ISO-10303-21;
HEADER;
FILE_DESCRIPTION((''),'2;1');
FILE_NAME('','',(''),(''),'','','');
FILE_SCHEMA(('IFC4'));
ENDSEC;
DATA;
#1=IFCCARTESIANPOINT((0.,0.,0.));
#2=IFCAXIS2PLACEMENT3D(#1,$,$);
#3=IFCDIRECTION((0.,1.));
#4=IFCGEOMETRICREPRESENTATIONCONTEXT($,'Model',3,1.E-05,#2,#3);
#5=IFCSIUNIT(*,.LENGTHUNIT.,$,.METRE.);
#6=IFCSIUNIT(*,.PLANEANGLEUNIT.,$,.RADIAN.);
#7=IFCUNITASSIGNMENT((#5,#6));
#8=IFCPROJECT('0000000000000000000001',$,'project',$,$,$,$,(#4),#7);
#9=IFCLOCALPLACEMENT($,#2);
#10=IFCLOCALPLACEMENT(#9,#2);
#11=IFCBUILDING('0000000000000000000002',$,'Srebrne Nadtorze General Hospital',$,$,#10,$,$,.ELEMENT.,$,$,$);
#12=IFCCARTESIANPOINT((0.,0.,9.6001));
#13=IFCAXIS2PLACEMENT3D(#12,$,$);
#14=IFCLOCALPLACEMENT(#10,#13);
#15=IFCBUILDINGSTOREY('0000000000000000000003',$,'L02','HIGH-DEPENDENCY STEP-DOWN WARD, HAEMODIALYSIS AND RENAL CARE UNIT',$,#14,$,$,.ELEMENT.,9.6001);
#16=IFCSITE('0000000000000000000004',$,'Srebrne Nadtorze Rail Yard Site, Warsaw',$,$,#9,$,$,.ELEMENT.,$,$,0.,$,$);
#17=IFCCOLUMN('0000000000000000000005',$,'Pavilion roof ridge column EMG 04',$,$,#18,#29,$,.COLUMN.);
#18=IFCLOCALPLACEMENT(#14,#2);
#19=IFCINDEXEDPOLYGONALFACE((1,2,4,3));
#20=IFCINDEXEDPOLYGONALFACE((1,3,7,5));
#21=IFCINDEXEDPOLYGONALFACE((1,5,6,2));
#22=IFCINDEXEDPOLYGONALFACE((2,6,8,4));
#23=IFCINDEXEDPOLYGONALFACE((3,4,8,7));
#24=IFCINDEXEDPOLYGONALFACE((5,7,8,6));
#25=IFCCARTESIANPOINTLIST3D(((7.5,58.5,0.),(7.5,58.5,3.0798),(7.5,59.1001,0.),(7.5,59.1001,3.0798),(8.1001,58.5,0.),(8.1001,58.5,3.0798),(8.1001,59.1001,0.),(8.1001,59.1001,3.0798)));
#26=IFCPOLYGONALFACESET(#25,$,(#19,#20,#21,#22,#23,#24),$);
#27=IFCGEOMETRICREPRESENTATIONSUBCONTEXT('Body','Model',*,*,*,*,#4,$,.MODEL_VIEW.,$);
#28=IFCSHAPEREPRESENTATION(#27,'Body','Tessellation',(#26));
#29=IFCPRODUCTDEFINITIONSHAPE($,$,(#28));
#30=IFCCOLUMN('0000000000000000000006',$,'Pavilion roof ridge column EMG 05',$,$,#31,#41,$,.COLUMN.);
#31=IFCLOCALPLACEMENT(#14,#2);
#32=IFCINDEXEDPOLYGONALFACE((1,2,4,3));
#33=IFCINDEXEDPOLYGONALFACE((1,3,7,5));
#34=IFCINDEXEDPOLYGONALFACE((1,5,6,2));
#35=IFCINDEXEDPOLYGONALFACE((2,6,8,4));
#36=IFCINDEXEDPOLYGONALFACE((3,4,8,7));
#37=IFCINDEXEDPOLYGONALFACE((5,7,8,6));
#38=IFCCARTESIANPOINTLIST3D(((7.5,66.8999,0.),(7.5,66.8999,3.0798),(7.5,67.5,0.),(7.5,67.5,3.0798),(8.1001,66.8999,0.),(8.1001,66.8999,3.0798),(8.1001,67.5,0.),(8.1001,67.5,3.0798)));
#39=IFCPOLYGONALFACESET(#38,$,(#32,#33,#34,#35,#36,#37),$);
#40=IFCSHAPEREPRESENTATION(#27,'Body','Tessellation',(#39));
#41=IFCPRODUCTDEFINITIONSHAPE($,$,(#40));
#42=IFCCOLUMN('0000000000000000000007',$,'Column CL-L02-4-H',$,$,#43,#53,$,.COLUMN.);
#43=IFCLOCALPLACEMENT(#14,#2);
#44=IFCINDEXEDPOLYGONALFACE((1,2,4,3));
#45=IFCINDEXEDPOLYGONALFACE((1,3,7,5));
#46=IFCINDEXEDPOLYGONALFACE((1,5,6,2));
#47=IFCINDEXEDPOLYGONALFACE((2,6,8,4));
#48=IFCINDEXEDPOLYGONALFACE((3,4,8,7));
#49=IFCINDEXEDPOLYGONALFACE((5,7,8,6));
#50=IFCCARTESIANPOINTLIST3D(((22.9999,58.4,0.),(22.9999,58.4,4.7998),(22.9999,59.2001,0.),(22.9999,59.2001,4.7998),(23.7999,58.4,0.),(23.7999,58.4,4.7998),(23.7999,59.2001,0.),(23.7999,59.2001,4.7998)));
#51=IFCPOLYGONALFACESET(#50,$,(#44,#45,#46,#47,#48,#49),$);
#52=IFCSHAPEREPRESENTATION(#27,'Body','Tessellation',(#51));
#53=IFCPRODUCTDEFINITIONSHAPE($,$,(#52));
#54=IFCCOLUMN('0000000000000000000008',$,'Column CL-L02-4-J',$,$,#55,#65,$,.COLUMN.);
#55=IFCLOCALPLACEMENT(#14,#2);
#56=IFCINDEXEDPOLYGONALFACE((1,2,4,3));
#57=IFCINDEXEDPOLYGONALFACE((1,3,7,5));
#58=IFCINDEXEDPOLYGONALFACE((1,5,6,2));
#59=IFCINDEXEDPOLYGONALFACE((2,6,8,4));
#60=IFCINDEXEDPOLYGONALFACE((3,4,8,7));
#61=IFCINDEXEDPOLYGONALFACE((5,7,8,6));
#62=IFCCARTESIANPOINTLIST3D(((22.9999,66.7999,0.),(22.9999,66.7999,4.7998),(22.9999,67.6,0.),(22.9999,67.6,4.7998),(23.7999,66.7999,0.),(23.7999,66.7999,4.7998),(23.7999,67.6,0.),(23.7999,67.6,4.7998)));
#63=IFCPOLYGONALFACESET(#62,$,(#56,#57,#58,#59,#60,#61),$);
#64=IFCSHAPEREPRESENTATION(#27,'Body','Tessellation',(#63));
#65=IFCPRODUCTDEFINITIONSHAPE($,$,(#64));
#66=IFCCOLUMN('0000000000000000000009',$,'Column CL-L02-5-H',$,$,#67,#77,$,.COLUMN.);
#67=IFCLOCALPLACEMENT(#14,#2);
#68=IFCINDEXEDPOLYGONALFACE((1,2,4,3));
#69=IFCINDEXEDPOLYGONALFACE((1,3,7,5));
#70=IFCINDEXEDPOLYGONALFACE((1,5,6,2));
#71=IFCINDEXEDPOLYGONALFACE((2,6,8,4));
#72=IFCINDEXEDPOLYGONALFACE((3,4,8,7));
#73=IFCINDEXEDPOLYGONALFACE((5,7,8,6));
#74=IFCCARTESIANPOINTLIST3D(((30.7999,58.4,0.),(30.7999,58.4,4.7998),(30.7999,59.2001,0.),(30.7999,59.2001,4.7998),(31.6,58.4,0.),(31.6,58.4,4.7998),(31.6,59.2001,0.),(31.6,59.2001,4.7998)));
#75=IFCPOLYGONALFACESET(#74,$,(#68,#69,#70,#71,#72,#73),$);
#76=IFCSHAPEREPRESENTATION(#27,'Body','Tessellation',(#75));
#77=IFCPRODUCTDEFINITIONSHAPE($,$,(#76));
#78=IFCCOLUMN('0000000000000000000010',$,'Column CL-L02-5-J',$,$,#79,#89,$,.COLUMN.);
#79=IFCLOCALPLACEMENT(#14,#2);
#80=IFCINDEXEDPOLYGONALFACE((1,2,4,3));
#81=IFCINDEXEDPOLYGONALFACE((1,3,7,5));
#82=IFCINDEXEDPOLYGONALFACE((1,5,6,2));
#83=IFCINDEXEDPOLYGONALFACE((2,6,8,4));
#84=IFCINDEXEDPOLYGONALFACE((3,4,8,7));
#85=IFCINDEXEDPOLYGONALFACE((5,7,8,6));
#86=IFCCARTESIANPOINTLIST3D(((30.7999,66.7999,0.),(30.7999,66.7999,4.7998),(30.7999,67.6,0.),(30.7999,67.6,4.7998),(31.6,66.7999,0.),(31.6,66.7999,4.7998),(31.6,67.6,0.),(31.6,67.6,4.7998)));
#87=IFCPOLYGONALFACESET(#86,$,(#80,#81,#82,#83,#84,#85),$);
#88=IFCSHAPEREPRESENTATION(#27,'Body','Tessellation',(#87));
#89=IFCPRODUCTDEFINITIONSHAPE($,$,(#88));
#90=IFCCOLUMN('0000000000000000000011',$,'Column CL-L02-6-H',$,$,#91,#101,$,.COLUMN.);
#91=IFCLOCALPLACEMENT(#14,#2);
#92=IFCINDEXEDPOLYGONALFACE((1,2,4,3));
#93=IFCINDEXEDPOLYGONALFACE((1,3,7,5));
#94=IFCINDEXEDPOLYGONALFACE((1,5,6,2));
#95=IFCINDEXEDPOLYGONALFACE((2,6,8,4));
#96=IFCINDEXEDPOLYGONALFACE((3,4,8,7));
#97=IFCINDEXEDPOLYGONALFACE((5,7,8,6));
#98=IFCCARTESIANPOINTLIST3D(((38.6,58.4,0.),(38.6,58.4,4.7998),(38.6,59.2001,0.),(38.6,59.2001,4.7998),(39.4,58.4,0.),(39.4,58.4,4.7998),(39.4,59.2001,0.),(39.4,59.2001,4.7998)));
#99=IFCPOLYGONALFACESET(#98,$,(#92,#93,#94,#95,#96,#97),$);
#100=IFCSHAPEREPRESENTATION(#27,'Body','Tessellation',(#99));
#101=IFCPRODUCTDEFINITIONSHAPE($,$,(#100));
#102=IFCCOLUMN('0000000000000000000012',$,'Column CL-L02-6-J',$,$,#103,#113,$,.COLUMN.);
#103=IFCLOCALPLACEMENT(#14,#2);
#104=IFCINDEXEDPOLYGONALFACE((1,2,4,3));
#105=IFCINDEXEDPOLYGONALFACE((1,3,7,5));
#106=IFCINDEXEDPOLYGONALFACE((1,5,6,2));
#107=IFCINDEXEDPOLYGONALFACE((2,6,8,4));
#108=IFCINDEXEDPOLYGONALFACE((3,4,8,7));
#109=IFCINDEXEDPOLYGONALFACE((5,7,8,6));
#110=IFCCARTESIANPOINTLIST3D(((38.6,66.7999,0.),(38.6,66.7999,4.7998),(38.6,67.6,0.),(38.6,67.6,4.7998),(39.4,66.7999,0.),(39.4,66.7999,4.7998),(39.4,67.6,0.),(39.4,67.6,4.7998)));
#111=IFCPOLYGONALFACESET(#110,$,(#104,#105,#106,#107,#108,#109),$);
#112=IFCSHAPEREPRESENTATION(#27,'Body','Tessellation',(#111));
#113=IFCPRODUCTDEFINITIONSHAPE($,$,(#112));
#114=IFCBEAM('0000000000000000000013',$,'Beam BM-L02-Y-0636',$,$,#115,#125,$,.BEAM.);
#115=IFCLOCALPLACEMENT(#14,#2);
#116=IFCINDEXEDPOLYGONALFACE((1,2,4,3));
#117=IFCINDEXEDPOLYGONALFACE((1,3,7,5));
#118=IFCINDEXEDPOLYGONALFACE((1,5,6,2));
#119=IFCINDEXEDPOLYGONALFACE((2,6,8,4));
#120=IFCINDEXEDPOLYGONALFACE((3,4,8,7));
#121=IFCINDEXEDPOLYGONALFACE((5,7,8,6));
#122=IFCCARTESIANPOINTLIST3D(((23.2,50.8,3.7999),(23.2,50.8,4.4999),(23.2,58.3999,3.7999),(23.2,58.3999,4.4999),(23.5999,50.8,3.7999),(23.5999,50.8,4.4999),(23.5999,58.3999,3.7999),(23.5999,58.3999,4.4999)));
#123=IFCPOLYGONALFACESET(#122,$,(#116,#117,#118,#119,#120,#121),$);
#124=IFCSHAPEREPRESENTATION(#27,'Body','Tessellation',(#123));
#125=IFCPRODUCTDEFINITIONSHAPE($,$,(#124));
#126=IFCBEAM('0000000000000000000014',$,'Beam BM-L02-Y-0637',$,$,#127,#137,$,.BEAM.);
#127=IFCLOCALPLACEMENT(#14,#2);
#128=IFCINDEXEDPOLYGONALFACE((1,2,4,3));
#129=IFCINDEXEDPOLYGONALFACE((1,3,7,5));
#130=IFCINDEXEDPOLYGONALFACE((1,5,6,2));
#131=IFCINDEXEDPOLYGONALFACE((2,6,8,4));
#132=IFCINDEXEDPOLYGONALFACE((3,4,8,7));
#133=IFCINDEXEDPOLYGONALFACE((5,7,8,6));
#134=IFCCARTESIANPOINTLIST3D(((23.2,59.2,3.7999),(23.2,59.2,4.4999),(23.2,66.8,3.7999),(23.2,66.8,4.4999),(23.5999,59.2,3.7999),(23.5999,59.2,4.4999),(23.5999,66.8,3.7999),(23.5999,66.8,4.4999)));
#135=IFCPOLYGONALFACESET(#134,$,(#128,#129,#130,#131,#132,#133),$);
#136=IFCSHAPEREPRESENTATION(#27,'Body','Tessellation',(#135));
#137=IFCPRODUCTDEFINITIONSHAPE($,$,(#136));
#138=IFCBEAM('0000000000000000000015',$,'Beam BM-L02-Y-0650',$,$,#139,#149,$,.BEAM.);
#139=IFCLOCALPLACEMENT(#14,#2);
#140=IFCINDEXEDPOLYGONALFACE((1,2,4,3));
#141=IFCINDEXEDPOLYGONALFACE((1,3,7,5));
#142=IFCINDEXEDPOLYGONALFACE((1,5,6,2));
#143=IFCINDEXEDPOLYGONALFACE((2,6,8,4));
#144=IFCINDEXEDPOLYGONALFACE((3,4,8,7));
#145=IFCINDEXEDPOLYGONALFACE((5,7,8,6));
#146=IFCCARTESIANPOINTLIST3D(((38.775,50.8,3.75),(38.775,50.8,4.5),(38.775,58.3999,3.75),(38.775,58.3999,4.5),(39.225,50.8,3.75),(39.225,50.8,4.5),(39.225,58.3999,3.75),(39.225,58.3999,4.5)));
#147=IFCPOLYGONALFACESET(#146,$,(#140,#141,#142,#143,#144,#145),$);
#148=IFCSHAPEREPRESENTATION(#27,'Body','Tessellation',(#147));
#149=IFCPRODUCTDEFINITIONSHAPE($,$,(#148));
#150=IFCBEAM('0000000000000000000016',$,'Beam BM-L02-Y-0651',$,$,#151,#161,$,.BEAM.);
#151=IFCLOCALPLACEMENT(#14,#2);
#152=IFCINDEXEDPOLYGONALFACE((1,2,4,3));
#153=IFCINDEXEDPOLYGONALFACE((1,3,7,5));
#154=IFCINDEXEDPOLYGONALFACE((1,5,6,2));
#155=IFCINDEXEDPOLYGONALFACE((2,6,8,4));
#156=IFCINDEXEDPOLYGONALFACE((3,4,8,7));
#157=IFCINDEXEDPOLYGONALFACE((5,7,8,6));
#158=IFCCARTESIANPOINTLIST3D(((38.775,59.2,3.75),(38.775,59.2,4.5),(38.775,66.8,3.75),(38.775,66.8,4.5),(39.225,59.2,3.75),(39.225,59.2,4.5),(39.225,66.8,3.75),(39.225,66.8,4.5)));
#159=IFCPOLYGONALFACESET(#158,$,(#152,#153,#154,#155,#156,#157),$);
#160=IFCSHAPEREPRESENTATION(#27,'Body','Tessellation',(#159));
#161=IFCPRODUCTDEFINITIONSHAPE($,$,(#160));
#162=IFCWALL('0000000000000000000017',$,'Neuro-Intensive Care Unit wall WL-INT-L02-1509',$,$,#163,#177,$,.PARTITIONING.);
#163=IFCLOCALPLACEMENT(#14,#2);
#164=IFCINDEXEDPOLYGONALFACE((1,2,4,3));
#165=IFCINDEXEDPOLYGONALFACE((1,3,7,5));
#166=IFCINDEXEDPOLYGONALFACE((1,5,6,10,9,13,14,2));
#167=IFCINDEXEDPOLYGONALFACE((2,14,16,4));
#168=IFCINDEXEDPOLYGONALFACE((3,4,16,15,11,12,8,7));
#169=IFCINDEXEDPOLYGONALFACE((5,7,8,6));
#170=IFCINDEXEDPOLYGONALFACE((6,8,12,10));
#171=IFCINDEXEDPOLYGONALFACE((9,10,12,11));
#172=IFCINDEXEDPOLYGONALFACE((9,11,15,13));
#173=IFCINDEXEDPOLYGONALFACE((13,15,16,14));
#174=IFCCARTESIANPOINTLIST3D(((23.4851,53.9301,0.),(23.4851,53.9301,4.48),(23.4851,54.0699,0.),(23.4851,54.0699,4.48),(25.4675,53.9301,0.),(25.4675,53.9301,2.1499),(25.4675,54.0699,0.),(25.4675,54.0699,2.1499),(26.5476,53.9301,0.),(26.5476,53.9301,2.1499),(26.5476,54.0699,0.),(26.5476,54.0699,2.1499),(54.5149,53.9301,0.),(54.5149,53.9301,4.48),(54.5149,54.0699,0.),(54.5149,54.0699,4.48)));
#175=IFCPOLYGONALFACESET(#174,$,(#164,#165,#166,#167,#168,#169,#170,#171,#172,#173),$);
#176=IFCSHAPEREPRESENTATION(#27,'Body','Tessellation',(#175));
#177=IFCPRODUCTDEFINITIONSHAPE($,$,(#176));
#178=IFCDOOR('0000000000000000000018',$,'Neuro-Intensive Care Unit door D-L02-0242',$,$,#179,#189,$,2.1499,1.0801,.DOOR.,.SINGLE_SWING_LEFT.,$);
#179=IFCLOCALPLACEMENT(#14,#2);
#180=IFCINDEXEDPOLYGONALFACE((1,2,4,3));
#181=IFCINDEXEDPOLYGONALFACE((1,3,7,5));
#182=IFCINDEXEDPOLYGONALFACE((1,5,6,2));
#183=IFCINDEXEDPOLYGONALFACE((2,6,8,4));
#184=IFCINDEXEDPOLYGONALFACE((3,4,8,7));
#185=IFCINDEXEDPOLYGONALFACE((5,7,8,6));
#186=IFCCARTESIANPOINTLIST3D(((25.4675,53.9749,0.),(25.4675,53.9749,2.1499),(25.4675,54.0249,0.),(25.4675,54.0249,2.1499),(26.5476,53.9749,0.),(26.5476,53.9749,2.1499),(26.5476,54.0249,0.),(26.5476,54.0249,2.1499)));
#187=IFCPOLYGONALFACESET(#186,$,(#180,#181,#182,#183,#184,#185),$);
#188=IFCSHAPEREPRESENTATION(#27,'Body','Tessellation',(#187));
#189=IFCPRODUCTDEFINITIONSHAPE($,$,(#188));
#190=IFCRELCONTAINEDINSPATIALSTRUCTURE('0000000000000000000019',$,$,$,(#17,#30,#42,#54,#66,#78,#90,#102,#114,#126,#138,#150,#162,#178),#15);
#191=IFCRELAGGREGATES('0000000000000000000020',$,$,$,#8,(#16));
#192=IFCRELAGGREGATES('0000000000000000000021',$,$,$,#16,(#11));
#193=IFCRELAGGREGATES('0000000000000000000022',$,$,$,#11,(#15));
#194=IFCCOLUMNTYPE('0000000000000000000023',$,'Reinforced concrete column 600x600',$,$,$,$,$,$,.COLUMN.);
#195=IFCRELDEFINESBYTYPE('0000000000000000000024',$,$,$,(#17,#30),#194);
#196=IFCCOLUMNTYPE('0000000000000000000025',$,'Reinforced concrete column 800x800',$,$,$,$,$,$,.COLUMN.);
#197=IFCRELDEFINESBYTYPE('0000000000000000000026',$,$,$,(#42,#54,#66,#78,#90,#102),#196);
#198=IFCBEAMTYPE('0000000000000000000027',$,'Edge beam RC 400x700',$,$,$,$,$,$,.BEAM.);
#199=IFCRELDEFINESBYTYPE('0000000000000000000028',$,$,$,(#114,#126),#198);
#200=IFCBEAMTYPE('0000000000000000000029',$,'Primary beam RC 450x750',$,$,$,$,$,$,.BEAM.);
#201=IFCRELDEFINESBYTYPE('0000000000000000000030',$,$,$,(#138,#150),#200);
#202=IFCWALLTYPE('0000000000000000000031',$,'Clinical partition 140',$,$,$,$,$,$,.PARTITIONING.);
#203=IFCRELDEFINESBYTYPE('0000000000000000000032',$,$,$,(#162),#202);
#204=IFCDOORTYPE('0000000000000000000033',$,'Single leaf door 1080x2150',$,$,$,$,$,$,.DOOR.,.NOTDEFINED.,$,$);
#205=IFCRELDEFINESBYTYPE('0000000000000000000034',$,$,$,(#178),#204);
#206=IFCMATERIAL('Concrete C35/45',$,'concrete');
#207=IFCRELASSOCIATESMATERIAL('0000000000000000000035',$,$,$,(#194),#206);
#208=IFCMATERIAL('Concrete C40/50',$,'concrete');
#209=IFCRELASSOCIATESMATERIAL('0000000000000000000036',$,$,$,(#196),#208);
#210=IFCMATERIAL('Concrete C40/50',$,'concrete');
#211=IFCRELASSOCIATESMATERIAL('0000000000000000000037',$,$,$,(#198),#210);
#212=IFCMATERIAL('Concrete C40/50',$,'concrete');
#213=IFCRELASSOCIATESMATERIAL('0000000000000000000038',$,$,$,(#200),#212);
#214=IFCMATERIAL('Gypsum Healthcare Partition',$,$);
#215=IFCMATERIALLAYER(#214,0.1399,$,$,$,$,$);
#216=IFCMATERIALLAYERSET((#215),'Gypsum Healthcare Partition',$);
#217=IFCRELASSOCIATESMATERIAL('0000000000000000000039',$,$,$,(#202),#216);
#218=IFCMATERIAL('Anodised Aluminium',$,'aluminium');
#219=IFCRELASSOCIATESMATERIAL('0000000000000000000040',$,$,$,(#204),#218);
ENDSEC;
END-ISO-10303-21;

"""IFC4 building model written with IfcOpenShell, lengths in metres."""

from ifc_helpers import new_model, si_unit, direction, frame, frame_2d, origin, origin_2d, place, context, subcontext, project, spatial, rectangle, extrude, material, layer, layer_set, material_profile, profile_set, type_object, element, fill, save


model = new_model("IFC4")

# Units and contexts
model_context = context("Model", 3, precision=1e-05, world=origin(), true_north=direction((0.0, 1.0)))
body_context = subcontext(model_context, "Body", "Model", "MODEL_VIEW")
ifc_project = project(units=[si_unit("LENGTHUNIT", "METRE"), si_unit("PLANEANGLEUNIT", "RADIAN")], contexts=[model_context])

# Site, building, storey
site_placement = place(None, origin())
site = spatial("IfcSite", under=ifc_project, at=site_placement, Name="Srebrne Nadtorze Rail Yard Site, Warsaw", CompositionType="ELEMENT", RefElevation=0.0)
building_placement = place(site_placement, origin())
building = spatial("IfcBuilding", under=site, at=building_placement, Name="Srebrne Nadtorze General Hospital", CompositionType="ELEMENT")
storey_placement = place(building_placement, frame((0.0, 0.0, 9.6001)))
storey = spatial("IfcBuildingStorey", under=building, at=storey_placement, Name="L02", Description="HIGH-DEPENDENCY STEP-DOWN WARD, HAEMODIALYSIS AND RENAL CARE UNIT", CompositionType="ELEMENT", Elevation=9.6001)

# Columns
ifc_material_1 = material(Name="Concrete C35/45", Category="concrete")
ifc_material_profile_1 = material_profile(ifc_material_1, rectangle(XDim=0.6001, YDim=0.6001, at=origin_2d()), Name="RC-COL-600x600")
ifc_profile_set_1 = profile_set([ifc_material_profile_1], Name="Concrete C35/45")
column_type_1 = type_object("IfcColumnType", Name="Reinforced concrete column 600x600", PredefinedType="COLUMN", material=ifc_profile_set_1)
for number, where, z_axis, x_axis, name in (
    (1, (7.8, 58.8, 0.0), (0.0, 0.0, 1.0), (1.0, 0.0, 0.0), "Pavilion roof ridge column EMG 04"),
    (2, (7.8, 67.2, 0.0), (0.0, 0.0, 1.0), (1.0, 0.0, 0.0), "Pavilion roof ridge column EMG 05"),
):
    element("IfcColumn", number, at=place(storey_placement, frame(where, z_axis=z_axis, x_axis=x_axis)), inside=storey, type_object=column_type_1, Name=name, PredefinedType="COLUMN", context=body_context, shape_type="SweptSolid", body=[
        extrude(rectangle(XDim=0.6001, YDim=0.6001, at=origin_2d()), origin(), (0.0, 0.0, 1.0), 3.0798),
    ])
ifc_material_2 = material(Name="Concrete C40/50", Category="concrete")
ifc_material_profile_2 = material_profile(ifc_material_2, rectangle(XDim=0.8, YDim=0.8, at=origin_2d()), Name="RC-COL-800x800")
ifc_profile_set_2 = profile_set([ifc_material_profile_2], Name="Concrete C40/50")
column_type_2 = type_object("IfcColumnType", Name="Reinforced concrete column 800x800", PredefinedType="COLUMN", material=ifc_profile_set_2)
for number, where, z_axis, x_axis, name in (
    (3, (23.3999, 58.8, 0.0), (0.0, 0.0, 1.0), (1.0, 0.0, 0.0), "Column CL-L02-4-H"),
    (4, (23.3999, 67.2, 0.0), (0.0, 0.0, 1.0), (1.0, 0.0, 0.0), "Column CL-L02-4-J"),
    (5, (31.2, 58.8, 0.0), (0.0, 0.0, 1.0), (1.0, 0.0, 0.0), "Column CL-L02-5-H"),
    (6, (31.2, 67.2, 0.0), (0.0, 0.0, 1.0), (1.0, 0.0, 0.0), "Column CL-L02-5-J"),
    (7, (39.0, 58.8, 0.0), (0.0, 0.0, 1.0), (1.0, 0.0, 0.0), "Column CL-L02-6-H"),
    (8, (39.0, 67.2, 0.0), (0.0, 0.0, 1.0), (1.0, 0.0, 0.0), "Column CL-L02-6-J"),
):
    element("IfcColumn", number, at=place(storey_placement, frame(where, z_axis=z_axis, x_axis=x_axis)), inside=storey, type_object=column_type_2, Name=name, PredefinedType="COLUMN", context=body_context, shape_type="SweptSolid", body=[
        extrude(rectangle(XDim=0.8, YDim=0.8, at=origin_2d()), origin(), (0.0, 0.0, 1.0), 4.7998),
    ])

# Beams
ifc_material_3 = material(Name="Concrete C40/50", Category="concrete")
ifc_material_profile_3 = material_profile(ifc_material_3, rectangle(XDim=0.3999, YDim=0.7, at=origin_2d()), Name="RC-BM-400x700")
ifc_profile_set_3 = profile_set([ifc_material_profile_3], Name="Concrete C40/50")
beam_type_1 = type_object("IfcBeamType", Name="Edge beam RC 400x700", PredefinedType="BEAM", material=ifc_profile_set_3)
beam_1_placement = place(storey_placement, frame((23.3999, 50.8, 4.1499), z_axis=(0.0, 1.0, 0.0), x_axis=(-1.0, 0.0, 0.0)))
element("IfcBeam", 9, at=beam_1_placement, inside=storey, type_object=beam_type_1, Name="Beam BM-L02-Y-0636", PredefinedType="BEAM", context=body_context, shape_type="SweptSolid", body=[
    extrude(rectangle(XDim=0.3999, YDim=0.7, at=origin_2d()), origin(), (0.0, 0.0, 1.0), 7.5999),
])
beam_2_placement = place(storey_placement, frame((23.3999, 59.2, 4.1499), z_axis=(0.0, 1.0, 0.0), x_axis=(-1.0, 0.0, 0.0)))
element("IfcBeam", 10, at=beam_2_placement, inside=storey, type_object=beam_type_1, Name="Beam BM-L02-Y-0637", PredefinedType="BEAM", context=body_context, shape_type="SweptSolid", body=[
    extrude(rectangle(XDim=0.3999, YDim=0.7, at=origin_2d()), origin(), (0.0, 0.0, 1.0), 7.6001),
])
ifc_material_4 = material(Name="Concrete C40/50", Category="concrete")
ifc_material_profile_4 = material_profile(ifc_material_4, rectangle(XDim=0.45, YDim=0.75, at=origin_2d()), Name="RC-BM-450x750")
ifc_profile_set_4 = profile_set([ifc_material_profile_4], Name="Concrete C40/50")
beam_type_2 = type_object("IfcBeamType", Name="Primary beam RC 450x750", PredefinedType="BEAM", material=ifc_profile_set_4)
beam_3_placement = place(storey_placement, frame((39.0, 50.8, 4.125), z_axis=(0.0, 1.0, 0.0), x_axis=(-1.0, 0.0, 0.0)))
element("IfcBeam", 11, at=beam_3_placement, inside=storey, type_object=beam_type_2, Name="Beam BM-L02-Y-0650", PredefinedType="BEAM", context=body_context, shape_type="SweptSolid", body=[
    extrude(rectangle(XDim=0.45, YDim=0.75, at=origin_2d()), origin(), (0.0, 0.0, 1.0), 7.5999),
])
beam_4_placement = place(storey_placement, frame((39.0, 59.2, 4.125), z_axis=(0.0, 1.0, 0.0), x_axis=(-1.0, 0.0, 0.0)))
element("IfcBeam", 12, at=beam_4_placement, inside=storey, type_object=beam_type_2, Name="Beam BM-L02-Y-0651", PredefinedType="BEAM", context=body_context, shape_type="SweptSolid", body=[
    extrude(rectangle(XDim=0.45, YDim=0.75, at=origin_2d()), origin(), (0.0, 0.0, 1.0), 7.6001),
])

# Wall, opening, door
ifc_material_5 = material(Name="Gypsum Healthcare Partition")
ifc_layer_1 = layer(ifc_material_5, 0.1399)
ifc_layer_set_1 = layer_set([ifc_layer_1], Name="Gypsum Healthcare Partition")
wall_type_1 = type_object("IfcWallType", Name="Clinical partition 140", PredefinedType="PARTITIONING", material=ifc_layer_set_1)
wall_1_placement = place(storey_placement, frame((23.4851, 54.0, 0.0), z_axis=(0.0, 0.0, 1.0), x_axis=(1.0, 0.0, 0.0)))
wall_1 = element("IfcWall", 13, at=wall_1_placement, inside=storey, type_object=wall_type_1, Name="Neuro-Intensive Care Unit wall WL-INT-L02-1509", PredefinedType="PARTITIONING", context=body_context, shape_type="SweptSolid", body=[
    extrude(rectangle(XDim=31.0298, YDim=0.1399, at=frame_2d((15.5149, 0.0))), origin(), (0.0, 0.0, 1.0), 4.48),
])
opening_1_placement = place(wall_1_placement, frame((1.9824, 0.0, 0.0)))
opening_1 = element("IfcOpeningElement", 14, at=opening_1_placement, cuts=wall_1, PredefinedType="OPENING", context=body_context, shape_type="SweptSolid", body=[
    extrude(rectangle(XDim=1.0801, YDim=2.1499, at=frame_2d((0.54, 1.075))), frame((0.0, 0.082, 0.0), z_axis=(0.0, -1.0, 0.0), x_axis=(1.0, 0.0, 0.0)), (0.0, 0.0, 1.0), 0.1638),
])
ifc_material_6 = material(Name="Anodised Aluminium", Category="aluminium")
door_type = type_object("IfcDoorType", Name="Single leaf door 1080x2150", OperationType="NOTDEFINED", PredefinedType="DOOR", material=ifc_material_6)
door_placement = place(opening_1_placement, origin())
door = element("IfcDoor", 15, at=door_placement, inside=storey, type_object=door_type, Name="Neuro-Intensive Care Unit door D-L02-0242", OperationType="SINGLE_SWING_LEFT", OverallHeight=2.1499, OverallWidth=1.0801, PredefinedType="DOOR", context=body_context, shape_type="SweptSolid", body=[
    extrude(rectangle(XDim=1.0801, YDim=2.1499, at=frame_2d((0.54, 1.075))), frame((0.0, 0.0249, 0.0), z_axis=(0.0, -1.0, 0.0), x_axis=(1.0, 0.0, 0.0)), (0.0, 0.0, 1.0), 0.05),
])
fill(opening_1, door)

save(model, "model.ifc")
